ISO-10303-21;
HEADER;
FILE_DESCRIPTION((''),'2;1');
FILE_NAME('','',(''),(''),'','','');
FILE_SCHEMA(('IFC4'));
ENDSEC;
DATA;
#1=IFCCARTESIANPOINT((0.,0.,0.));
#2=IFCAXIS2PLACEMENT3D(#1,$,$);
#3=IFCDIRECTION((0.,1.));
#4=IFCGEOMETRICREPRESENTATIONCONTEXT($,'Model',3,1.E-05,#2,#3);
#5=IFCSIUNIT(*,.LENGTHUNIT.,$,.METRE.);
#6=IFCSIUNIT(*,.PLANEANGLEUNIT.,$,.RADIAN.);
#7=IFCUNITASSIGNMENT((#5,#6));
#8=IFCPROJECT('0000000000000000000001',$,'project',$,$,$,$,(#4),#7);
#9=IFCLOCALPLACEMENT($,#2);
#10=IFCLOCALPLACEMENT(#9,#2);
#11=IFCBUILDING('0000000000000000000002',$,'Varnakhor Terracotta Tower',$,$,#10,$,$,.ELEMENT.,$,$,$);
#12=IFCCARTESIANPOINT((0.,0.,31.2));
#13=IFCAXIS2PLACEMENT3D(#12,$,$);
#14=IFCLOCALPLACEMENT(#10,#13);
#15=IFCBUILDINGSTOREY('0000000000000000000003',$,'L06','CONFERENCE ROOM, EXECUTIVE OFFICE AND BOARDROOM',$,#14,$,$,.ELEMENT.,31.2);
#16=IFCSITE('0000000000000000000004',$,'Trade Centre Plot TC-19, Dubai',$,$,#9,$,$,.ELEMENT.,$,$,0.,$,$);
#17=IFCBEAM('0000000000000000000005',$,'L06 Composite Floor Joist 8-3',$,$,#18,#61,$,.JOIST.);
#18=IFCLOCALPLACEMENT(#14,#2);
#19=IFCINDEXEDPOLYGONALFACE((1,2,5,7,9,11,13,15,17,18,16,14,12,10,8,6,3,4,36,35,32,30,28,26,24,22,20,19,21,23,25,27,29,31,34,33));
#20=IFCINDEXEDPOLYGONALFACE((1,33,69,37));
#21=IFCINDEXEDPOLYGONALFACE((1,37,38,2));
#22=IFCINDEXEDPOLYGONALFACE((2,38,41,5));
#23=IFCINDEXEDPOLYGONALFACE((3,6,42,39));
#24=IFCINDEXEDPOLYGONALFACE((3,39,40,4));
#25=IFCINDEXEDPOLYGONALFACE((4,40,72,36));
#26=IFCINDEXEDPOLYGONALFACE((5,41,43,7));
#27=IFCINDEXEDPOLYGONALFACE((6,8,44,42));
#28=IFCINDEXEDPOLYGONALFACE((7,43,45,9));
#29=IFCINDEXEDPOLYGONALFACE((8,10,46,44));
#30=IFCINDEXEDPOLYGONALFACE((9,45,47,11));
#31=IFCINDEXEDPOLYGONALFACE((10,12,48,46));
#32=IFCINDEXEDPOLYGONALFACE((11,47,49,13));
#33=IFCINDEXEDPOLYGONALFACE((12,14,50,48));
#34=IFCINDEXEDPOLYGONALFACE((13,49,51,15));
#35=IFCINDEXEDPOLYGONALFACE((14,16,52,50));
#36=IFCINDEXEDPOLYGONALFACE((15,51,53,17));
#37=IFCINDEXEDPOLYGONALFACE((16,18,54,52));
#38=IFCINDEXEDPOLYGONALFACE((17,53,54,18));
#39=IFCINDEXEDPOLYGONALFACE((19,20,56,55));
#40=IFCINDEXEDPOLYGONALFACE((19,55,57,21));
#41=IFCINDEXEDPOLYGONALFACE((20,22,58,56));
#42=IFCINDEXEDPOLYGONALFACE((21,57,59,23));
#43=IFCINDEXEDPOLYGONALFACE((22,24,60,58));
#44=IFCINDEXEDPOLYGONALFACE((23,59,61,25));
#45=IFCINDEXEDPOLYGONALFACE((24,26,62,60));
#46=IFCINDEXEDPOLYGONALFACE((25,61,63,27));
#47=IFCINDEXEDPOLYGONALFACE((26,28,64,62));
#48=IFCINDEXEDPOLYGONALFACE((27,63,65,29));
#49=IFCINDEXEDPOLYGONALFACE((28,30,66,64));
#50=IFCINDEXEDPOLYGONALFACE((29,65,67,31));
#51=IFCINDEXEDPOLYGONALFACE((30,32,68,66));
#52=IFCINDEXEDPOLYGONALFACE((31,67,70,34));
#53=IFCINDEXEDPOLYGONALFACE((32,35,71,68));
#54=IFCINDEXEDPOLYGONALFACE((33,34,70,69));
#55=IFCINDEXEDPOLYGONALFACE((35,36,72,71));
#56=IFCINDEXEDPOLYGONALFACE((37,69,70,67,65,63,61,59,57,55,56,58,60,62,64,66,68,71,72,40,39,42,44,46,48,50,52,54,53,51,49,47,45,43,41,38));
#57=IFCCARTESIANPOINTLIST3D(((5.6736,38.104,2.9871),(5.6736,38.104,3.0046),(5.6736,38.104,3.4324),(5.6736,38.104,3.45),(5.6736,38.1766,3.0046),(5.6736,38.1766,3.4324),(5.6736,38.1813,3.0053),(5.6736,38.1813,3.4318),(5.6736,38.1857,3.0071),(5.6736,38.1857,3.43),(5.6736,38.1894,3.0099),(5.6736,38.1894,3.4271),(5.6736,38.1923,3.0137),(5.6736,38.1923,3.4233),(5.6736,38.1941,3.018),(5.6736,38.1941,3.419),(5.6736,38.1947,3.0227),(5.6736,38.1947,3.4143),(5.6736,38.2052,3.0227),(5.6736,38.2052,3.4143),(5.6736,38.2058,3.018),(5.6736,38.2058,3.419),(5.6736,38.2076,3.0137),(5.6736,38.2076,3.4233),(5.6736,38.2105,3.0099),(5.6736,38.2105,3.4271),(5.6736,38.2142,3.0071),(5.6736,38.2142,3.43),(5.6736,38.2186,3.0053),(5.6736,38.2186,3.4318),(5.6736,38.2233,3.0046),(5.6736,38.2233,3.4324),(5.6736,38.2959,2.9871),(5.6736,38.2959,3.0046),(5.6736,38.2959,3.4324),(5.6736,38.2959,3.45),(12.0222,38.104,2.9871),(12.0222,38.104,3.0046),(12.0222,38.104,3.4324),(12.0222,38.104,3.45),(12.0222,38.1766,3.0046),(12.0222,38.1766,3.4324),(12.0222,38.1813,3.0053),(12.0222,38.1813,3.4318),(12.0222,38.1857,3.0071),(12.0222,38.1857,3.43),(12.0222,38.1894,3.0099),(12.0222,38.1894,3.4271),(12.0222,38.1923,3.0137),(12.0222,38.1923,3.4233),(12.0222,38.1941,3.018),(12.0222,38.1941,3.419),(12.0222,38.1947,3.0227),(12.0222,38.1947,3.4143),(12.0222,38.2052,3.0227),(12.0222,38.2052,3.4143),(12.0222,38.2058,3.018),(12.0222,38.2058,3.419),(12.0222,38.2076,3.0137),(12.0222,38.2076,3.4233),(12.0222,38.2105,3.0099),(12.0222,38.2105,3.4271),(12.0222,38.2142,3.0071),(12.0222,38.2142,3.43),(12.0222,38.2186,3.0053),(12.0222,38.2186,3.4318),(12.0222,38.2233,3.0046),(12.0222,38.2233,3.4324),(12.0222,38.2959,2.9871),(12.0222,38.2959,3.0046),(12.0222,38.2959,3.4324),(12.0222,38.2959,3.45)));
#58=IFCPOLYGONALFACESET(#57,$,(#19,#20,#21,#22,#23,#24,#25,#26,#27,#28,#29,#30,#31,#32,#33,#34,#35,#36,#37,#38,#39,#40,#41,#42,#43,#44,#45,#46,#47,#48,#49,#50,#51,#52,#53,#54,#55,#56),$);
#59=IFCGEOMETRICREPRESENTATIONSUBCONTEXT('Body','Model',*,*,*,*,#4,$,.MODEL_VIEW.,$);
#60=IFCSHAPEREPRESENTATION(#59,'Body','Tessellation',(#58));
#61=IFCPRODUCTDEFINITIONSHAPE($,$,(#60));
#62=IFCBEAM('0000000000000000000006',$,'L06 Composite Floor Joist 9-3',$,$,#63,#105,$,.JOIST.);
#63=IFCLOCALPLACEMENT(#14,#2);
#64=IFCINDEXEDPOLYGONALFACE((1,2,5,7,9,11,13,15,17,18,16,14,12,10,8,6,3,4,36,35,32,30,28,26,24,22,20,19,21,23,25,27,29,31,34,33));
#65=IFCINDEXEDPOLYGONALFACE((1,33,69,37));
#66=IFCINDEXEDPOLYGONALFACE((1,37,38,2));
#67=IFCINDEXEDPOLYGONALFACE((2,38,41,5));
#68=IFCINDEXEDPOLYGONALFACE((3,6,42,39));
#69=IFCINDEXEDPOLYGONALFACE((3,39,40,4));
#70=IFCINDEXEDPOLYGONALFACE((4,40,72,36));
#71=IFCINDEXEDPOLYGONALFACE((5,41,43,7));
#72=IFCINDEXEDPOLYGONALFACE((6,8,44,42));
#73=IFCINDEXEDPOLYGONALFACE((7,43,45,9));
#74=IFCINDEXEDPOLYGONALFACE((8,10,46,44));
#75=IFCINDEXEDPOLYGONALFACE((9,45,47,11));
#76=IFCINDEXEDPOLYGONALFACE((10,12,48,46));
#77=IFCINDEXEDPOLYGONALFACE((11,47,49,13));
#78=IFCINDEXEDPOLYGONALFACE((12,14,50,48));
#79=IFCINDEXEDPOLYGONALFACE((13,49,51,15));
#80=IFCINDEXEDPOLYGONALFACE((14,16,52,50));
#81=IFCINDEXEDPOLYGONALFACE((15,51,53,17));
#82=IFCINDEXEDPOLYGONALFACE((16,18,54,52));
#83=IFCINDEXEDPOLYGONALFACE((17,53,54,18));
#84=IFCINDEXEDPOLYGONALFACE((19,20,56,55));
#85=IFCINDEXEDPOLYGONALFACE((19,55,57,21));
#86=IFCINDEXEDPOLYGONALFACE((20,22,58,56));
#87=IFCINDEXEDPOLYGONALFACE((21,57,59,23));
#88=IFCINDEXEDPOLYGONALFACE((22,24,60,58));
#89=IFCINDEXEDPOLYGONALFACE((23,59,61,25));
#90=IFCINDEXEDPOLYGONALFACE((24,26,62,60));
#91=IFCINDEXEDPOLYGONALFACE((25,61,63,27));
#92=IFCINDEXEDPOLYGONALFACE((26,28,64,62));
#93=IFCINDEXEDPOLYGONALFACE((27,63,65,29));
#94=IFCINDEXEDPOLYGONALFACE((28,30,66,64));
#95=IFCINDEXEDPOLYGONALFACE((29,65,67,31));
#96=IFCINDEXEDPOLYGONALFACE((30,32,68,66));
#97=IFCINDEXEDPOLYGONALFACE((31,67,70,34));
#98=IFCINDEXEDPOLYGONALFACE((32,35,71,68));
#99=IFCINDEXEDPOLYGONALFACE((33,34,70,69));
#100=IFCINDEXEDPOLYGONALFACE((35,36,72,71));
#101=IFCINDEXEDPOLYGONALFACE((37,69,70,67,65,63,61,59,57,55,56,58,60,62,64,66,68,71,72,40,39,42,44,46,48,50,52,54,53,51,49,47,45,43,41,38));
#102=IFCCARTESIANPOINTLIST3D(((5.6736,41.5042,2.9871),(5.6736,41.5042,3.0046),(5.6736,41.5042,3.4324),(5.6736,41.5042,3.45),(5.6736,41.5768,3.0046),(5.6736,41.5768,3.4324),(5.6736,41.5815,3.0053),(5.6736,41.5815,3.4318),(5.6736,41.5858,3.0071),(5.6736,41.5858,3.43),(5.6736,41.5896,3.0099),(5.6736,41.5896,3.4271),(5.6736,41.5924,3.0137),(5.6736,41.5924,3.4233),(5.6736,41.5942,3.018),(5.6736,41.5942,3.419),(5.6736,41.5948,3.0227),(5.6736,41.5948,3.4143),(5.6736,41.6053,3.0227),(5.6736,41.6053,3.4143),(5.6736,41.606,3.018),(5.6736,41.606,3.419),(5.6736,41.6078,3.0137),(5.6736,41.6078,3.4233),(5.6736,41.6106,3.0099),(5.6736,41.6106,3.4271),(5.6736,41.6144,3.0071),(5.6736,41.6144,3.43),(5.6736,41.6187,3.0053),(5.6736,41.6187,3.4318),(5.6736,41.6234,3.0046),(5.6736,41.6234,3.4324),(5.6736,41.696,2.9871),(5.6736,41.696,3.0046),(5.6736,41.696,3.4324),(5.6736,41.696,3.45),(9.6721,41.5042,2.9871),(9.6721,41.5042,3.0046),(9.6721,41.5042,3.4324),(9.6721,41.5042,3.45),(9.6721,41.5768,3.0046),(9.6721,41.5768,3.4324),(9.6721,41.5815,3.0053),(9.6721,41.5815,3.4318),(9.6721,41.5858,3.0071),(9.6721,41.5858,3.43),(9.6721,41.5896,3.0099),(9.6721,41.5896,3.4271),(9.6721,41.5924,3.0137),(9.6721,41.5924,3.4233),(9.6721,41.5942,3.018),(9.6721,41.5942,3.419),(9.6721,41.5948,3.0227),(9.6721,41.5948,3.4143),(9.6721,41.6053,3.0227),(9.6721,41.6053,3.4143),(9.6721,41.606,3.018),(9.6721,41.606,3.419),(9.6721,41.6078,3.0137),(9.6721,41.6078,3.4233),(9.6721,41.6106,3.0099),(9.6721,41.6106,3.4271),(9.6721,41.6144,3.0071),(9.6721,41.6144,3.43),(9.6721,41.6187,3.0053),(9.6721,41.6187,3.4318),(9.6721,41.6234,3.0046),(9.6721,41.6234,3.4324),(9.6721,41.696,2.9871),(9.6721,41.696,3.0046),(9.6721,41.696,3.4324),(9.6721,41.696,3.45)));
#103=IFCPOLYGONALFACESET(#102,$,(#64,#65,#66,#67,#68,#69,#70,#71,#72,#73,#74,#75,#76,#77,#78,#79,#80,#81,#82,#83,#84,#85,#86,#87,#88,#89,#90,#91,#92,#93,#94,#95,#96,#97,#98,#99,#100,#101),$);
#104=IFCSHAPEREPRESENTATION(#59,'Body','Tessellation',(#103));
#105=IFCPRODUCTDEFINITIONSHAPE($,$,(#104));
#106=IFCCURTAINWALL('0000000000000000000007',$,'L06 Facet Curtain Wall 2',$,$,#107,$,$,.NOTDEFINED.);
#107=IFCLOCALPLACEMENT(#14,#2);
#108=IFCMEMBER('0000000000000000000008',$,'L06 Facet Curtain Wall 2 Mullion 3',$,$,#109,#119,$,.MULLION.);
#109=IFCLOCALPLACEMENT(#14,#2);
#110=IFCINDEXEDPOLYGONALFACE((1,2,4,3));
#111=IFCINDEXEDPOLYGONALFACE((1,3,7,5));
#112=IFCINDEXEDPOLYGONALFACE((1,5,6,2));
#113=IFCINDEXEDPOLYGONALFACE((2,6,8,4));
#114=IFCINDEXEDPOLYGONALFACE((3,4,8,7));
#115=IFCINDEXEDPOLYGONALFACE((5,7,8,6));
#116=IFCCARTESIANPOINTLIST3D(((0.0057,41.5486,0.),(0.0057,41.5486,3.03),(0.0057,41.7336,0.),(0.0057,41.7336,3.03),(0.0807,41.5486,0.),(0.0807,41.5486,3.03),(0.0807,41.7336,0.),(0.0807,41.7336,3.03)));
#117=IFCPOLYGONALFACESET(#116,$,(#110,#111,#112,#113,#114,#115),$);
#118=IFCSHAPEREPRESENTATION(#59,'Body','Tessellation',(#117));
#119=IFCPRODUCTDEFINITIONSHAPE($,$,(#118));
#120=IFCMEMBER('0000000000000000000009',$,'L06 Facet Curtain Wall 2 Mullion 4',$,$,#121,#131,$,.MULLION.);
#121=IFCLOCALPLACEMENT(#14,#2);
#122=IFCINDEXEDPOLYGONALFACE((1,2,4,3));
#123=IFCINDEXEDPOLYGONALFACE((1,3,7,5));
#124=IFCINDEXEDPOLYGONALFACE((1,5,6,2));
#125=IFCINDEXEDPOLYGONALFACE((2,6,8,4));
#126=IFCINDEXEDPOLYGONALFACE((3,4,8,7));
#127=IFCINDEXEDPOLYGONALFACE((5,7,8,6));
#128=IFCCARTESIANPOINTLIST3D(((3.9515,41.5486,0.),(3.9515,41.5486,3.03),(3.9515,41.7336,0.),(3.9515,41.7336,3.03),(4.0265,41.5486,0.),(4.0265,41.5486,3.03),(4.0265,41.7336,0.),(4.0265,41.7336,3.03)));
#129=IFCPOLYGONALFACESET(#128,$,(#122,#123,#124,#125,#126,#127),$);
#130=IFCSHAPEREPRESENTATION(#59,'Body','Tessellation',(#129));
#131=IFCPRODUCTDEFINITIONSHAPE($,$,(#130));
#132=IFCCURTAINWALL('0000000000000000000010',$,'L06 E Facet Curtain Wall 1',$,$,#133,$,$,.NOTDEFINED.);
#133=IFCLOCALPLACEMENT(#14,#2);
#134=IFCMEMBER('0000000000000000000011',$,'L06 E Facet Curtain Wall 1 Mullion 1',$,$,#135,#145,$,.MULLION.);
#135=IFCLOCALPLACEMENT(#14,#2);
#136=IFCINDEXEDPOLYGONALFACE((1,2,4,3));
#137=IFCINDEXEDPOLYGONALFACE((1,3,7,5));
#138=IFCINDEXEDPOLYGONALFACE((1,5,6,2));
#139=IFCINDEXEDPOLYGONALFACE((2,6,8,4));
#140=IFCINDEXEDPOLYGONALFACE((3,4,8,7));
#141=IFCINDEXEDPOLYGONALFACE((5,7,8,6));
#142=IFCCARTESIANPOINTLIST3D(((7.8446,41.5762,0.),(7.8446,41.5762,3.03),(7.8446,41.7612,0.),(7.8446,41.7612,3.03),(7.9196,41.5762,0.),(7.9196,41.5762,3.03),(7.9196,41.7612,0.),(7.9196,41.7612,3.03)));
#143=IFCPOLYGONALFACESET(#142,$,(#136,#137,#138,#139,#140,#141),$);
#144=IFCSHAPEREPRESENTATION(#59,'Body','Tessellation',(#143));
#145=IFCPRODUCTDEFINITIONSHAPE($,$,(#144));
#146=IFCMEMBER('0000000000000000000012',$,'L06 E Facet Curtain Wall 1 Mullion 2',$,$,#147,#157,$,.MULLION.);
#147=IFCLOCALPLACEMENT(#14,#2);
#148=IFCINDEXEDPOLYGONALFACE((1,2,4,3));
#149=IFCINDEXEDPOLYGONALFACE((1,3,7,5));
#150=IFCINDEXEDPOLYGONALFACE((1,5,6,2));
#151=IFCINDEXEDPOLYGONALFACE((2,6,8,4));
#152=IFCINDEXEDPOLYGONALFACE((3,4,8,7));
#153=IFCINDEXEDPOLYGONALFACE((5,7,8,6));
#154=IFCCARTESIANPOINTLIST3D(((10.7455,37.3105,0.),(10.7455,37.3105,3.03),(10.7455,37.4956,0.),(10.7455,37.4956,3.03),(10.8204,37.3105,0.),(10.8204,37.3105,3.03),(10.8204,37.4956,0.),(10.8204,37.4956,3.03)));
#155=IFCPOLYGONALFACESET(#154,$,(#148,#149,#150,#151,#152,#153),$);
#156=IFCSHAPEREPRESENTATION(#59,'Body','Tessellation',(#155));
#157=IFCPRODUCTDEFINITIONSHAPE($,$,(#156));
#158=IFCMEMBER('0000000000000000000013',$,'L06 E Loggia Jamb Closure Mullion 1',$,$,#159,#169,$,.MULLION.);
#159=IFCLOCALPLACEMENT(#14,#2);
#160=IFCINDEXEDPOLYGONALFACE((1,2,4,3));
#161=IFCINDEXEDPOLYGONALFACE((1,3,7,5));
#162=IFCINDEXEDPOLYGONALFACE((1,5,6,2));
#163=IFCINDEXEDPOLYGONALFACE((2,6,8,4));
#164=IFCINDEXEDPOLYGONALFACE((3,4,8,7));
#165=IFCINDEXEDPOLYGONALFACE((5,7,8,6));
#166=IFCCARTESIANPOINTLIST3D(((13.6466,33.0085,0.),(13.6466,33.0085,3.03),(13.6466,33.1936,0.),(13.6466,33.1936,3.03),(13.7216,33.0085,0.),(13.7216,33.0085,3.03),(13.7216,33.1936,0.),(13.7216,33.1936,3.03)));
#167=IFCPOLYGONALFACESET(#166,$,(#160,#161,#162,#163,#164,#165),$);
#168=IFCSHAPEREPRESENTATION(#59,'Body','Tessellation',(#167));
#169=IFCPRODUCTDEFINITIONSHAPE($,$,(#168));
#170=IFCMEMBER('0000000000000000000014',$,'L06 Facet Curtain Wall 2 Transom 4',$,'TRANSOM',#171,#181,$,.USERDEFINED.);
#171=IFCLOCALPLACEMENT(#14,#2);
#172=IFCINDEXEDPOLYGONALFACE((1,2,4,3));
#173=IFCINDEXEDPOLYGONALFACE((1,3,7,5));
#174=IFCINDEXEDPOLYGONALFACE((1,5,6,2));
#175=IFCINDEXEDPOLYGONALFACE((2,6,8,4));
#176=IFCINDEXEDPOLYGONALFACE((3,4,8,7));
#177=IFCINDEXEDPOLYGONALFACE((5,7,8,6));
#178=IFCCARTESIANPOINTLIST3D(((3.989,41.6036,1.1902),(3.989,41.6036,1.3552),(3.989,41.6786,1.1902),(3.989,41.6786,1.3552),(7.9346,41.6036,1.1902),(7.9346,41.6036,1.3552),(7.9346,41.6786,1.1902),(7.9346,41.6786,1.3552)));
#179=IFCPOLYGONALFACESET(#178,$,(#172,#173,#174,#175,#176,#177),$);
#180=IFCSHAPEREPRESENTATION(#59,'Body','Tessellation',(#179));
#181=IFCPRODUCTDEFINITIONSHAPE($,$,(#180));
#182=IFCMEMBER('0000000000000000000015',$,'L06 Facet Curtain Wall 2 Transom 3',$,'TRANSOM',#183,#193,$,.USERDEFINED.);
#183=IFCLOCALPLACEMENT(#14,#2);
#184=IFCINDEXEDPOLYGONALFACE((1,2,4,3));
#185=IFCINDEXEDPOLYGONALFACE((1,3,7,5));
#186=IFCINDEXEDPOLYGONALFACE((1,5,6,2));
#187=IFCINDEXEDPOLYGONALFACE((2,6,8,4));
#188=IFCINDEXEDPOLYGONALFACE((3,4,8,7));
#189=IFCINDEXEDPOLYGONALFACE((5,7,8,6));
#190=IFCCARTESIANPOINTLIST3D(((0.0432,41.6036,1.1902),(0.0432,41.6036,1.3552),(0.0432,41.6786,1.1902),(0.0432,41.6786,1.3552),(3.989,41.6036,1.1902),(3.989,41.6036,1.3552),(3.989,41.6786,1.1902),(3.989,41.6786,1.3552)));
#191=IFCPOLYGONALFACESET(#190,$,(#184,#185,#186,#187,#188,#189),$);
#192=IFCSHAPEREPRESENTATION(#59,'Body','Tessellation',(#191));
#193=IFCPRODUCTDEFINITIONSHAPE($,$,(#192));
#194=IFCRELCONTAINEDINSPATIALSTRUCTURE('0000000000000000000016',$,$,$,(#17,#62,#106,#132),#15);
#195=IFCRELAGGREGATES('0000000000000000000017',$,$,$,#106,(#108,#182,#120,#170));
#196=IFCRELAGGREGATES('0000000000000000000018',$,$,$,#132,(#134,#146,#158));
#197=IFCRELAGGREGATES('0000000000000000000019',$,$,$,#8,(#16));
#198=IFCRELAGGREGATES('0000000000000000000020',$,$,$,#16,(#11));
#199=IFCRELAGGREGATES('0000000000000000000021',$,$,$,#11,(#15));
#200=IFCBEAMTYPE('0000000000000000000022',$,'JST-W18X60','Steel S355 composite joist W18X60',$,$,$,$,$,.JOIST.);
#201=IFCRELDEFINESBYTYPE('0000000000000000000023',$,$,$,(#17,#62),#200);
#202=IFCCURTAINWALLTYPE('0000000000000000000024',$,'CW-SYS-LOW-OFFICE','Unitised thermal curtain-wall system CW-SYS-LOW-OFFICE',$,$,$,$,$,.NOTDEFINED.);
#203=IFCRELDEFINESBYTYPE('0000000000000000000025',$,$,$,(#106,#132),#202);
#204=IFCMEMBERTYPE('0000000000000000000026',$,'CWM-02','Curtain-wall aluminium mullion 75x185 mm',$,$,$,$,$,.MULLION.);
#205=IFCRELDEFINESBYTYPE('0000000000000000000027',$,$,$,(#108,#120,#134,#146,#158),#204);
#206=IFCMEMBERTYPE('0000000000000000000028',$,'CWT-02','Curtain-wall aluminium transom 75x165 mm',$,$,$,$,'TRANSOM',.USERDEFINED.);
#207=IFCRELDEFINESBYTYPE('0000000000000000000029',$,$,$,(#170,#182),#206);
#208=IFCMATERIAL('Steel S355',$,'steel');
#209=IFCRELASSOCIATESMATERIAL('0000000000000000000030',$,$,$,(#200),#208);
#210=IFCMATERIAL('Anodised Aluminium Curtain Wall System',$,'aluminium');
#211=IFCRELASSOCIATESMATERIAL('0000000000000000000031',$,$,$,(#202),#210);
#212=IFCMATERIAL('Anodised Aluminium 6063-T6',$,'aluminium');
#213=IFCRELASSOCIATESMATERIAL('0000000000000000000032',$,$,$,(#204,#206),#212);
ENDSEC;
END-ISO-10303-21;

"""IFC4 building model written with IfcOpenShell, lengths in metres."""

from ifc_helpers import new_model, si_unit, direction, frame, origin, origin_2d, place, context, subcontext, project, spatial, rectangle, i_section, extrude, source, transform, mapped, material, material_profile, profile_set, type_object, type_shapes, element, aggregate, save


model = new_model("IFC4")

# Units and contexts
model_context = context("Model", 3, precision=1e-05, world=origin(), true_north=direction((0.0, 1.0)))
body_context = subcontext(model_context, "Body", "Model", "MODEL_VIEW")
ifc_project = project(units=[si_unit("LENGTHUNIT", "METRE"), si_unit("PLANEANGLEUNIT", "RADIAN")], contexts=[model_context])

# Site, building, storey
site_placement = place(None, origin())
site = spatial("IfcSite", under=ifc_project, at=site_placement, Name="Trade Centre Plot TC-19, Dubai", CompositionType="ELEMENT", RefElevation=0.0)
building_placement = place(site_placement, origin())
building = spatial("IfcBuilding", under=site, at=building_placement, Name="Varnakhor Terracotta Tower", CompositionType="ELEMENT")
storey_placement = place(building_placement, frame((0.0, 0.0, 31.2)))
storey = spatial("IfcBuildingStorey", under=building, at=storey_placement, Name="L06", Description="CONFERENCE ROOM, EXECUTIVE OFFICE AND BOARDROOM", CompositionType="ELEMENT", Elevation=31.2)

# Beams
ifc_material_1 = material(Name="Steel S355", Category="steel")
ifc_material_profile_1 = material_profile(ifc_material_1, i_section(OverallWidth=0.1919, OverallDepth=0.4629, WebThickness=0.0105, FlangeThickness=0.0176, FilletRadius=0.0181, at=origin_2d()), Name="W18X60")
ifc_profile_set_1 = profile_set([ifc_material_profile_1], Name="Steel S355")
beam_type_1 = type_object("IfcBeamType", Name="JST-W18X60", Description="Steel S355 composite joist W18X60", PredefinedType="JOIST", material=ifc_profile_set_1)
shared_shape_1 = source(origin(), body_context, "Body", "SweptSolid", [
    extrude(i_section(OverallWidth=0.1919, OverallDepth=0.4629, WebThickness=0.0105, FlangeThickness=0.0176, FilletRadius=0.0181, at=origin_2d()), origin(), (0.0, 0.0, 1.0), 6.3486),
])
beam_1_placement = place(storey_placement, frame((5.6736, 38.2, 3.2185), z_axis=(1.0, 0.0, 0.0), x_axis=(0.0, 1.0, 0.0)))
element("IfcBeam", 1, at=beam_1_placement, inside=storey, type_object=beam_type_1, Name="L06 Composite Floor Joist 8-3", PredefinedType="JOIST", context=body_context, shape_type="MappedRepresentation", body=[
    mapped(shared_shape_1, transform((0.0, 0.0, 0.0), scale=1.0)),
])
shared_shape_2 = source(origin(), body_context, "Body", "SweptSolid", [
    extrude(i_section(OverallWidth=0.1919, OverallDepth=0.4629, WebThickness=0.0105, FlangeThickness=0.0176, FilletRadius=0.0181, at=origin_2d()), origin(), (0.0, 0.0, 1.0), 3.9985),
])
beam_2_placement = place(storey_placement, frame((5.6736, 41.6001, 3.2185), z_axis=(1.0, 0.0, 0.0), x_axis=(0.0, 1.0, 0.0)))
element("IfcBeam", 2, at=beam_2_placement, inside=storey, type_object=beam_type_1, Name="L06 Composite Floor Joist 9-3", PredefinedType="JOIST", context=body_context, shape_type="MappedRepresentation", body=[
    mapped(shared_shape_2, transform((0.0, 0.0, 0.0), scale=1.0)),
])

# Curtain walls, members
ifc_material_2 = material(Name="Anodised Aluminium Curtain Wall System", Category="aluminium")
curtain_wall_type = type_object("IfcCurtainWallType", Name="CW-SYS-LOW-OFFICE", Description="Unitised thermal curtain-wall system CW-SYS-LOW-OFFICE", PredefinedType="NOTDEFINED", material=ifc_material_2)
curtain_wall_1_placement = place(storey_placement, origin())
curtain_wall_1 = element("IfcCurtainWall", 3, at=curtain_wall_1_placement, inside=storey, type_object=curtain_wall_type, Name="L06 Facet Curtain Wall 2", PredefinedType="NOTDEFINED")
ifc_material_3 = material(Name="Anodised Aluminium 6063-T6", Category="aluminium")
ifc_material_profile_2 = material_profile(ifc_material_3, rectangle(XDim=0.075, YDim=0.1851, at=origin_2d()), Name="ALU MULLION 75x185")
ifc_profile_set_2 = profile_set([ifc_material_profile_2], Name="Anodised Aluminium 6063-T6")
member_type_1 = type_object("IfcMemberType", Name="CWM-02", Description="Curtain-wall aluminium mullion 75x185 mm", PredefinedType="MULLION", material=ifc_profile_set_2)
shared_shape_3 = source(origin(), body_context, "Body", "SweptSolid", [
    extrude(rectangle(XDim=0.075, YDim=0.1851, at=origin_2d()), origin(), (0.0, 0.0, 1.0), 3.03),
])
type_shapes(member_type_1, [shared_shape_3])
member_1_placement = place(storey_placement, frame((0.0432, 41.6411, 0.0), z_axis=(0.0, 0.0, 1.0), x_axis=(1.0, 0.0, 0.0)))
member_1 = element("IfcMember", 4, at=member_1_placement, type_object=member_type_1, Name="L06 Facet Curtain Wall 2 Mullion 3", PredefinedType="MULLION", context=body_context, shape_type="MappedRepresentation", body=[
    mapped(shared_shape_3, transform((0.0, 0.0, 0.0), scale=1.0)),
])
member_2_placement = place(storey_placement, frame((3.989, 41.6411, 0.0), z_axis=(0.0, 0.0, 1.0), x_axis=(1.0, 0.0, 0.0)))
member_2 = element("IfcMember", 5, at=member_2_placement, type_object=member_type_1, Name="L06 Facet Curtain Wall 2 Mullion 4", PredefinedType="MULLION", context=body_context, shape_type="MappedRepresentation", body=[
    mapped(shared_shape_3, transform((0.0, 0.0, 0.0), scale=1.0)),
])
curtain_wall_2_placement = place(storey_placement, origin())
curtain_wall_2 = element("IfcCurtainWall", 6, at=curtain_wall_2_placement, inside=storey, type_object=curtain_wall_type, Name="L06 E Facet Curtain Wall 1", PredefinedType="NOTDEFINED")
member_3_placement = place(storey_placement, frame((7.8821, 41.6687, 0.0), z_axis=(0.0, 0.0, 1.0), x_axis=(1.0, 0.0, 0.0)))
member_3 = element("IfcMember", 7, at=member_3_placement, type_object=member_type_1, Name="L06 E Facet Curtain Wall 1 Mullion 1", PredefinedType="MULLION", context=body_context, shape_type="MappedRepresentation", body=[
    mapped(shared_shape_3, transform((0.0, 0.0, 0.0), scale=1.0)),
])
member_4_placement = place(storey_placement, frame((10.783, 37.4031, 0.0), z_axis=(0.0, 0.0, 1.0), x_axis=(1.0, 0.0, 0.0)))
member_4 = element("IfcMember", 8, at=member_4_placement, type_object=member_type_1, Name="L06 E Facet Curtain Wall 1 Mullion 2", PredefinedType="MULLION", context=body_context, shape_type="MappedRepresentation", body=[
    mapped(shared_shape_3, transform((0.0, 0.0, 0.0), scale=1.0)),
])
member_5_placement = place(storey_placement, frame((13.6841, 33.1011, 0.0), z_axis=(0.0, 0.0, 1.0), x_axis=(1.0, 0.0, 0.0)))
member_5 = element("IfcMember", 9, at=member_5_placement, type_object=member_type_1, Name="L06 E Loggia Jamb Closure Mullion 1", PredefinedType="MULLION", context=body_context, shape_type="MappedRepresentation", body=[
    mapped(shared_shape_3, transform((0.0, 0.0, 0.0), scale=1.0)),
])

# Members
ifc_material_profile_3 = material_profile(ifc_material_3, rectangle(XDim=0.075, YDim=0.165, at=origin_2d()), Name="ALU TRANSOM 75x165")
ifc_profile_set_3 = profile_set([ifc_material_profile_3], Name="Anodised Aluminium 6063-T6")
member_type_2 = type_object("IfcMemberType", Name="CWT-02", Description="Curtain-wall aluminium transom 75x165 mm", ElementType="TRANSOM", PredefinedType="USERDEFINED", material=ifc_profile_set_3)
shared_shape_4 = source(origin(), body_context, "Body", "SweptSolid", [
    extrude(rectangle(XDim=0.075, YDim=0.165, at=origin_2d()), origin(), (0.0, 0.0, 1.0), 3.9456),
])
member_6_placement = place(storey_placement, frame((3.989, 41.6411, 1.2727), z_axis=(1.0, 0.0, 0.0), x_axis=(0.0, 1.0, 0.0)))
member_6 = element("IfcMember", 10, at=member_6_placement, type_object=member_type_2, Name="L06 Facet Curtain Wall 2 Transom 4", ObjectType="TRANSOM", PredefinedType="USERDEFINED", context=body_context, shape_type="MappedRepresentation", body=[
    mapped(shared_shape_4, transform((0.0, 0.0, 0.0), scale=1.0)),
])
shared_shape_5 = source(origin(), body_context, "Body", "SweptSolid", [
    extrude(rectangle(XDim=0.075, YDim=0.165, at=origin_2d()), origin(), (0.0, 0.0, 1.0), 3.9458),
])
member_7_placement = place(storey_placement, frame((0.0432, 41.6411, 1.2727), z_axis=(1.0, 0.0, 0.0), x_axis=(0.0, 1.0, 0.0)))
member_7 = element("IfcMember", 11, at=member_7_placement, type_object=member_type_2, Name="L06 Facet Curtain Wall 2 Transom 3", ObjectType="TRANSOM", PredefinedType="USERDEFINED", context=body_context, shape_type="MappedRepresentation", body=[
    mapped(shared_shape_5, transform((0.0, 0.0, 0.0), scale=1.0)),
])

aggregate(curtain_wall_1, [member_1, member_7, member_2, member_6])
aggregate(curtain_wall_2, [member_3, member_4, member_5])

save(model, "model.ifc")
